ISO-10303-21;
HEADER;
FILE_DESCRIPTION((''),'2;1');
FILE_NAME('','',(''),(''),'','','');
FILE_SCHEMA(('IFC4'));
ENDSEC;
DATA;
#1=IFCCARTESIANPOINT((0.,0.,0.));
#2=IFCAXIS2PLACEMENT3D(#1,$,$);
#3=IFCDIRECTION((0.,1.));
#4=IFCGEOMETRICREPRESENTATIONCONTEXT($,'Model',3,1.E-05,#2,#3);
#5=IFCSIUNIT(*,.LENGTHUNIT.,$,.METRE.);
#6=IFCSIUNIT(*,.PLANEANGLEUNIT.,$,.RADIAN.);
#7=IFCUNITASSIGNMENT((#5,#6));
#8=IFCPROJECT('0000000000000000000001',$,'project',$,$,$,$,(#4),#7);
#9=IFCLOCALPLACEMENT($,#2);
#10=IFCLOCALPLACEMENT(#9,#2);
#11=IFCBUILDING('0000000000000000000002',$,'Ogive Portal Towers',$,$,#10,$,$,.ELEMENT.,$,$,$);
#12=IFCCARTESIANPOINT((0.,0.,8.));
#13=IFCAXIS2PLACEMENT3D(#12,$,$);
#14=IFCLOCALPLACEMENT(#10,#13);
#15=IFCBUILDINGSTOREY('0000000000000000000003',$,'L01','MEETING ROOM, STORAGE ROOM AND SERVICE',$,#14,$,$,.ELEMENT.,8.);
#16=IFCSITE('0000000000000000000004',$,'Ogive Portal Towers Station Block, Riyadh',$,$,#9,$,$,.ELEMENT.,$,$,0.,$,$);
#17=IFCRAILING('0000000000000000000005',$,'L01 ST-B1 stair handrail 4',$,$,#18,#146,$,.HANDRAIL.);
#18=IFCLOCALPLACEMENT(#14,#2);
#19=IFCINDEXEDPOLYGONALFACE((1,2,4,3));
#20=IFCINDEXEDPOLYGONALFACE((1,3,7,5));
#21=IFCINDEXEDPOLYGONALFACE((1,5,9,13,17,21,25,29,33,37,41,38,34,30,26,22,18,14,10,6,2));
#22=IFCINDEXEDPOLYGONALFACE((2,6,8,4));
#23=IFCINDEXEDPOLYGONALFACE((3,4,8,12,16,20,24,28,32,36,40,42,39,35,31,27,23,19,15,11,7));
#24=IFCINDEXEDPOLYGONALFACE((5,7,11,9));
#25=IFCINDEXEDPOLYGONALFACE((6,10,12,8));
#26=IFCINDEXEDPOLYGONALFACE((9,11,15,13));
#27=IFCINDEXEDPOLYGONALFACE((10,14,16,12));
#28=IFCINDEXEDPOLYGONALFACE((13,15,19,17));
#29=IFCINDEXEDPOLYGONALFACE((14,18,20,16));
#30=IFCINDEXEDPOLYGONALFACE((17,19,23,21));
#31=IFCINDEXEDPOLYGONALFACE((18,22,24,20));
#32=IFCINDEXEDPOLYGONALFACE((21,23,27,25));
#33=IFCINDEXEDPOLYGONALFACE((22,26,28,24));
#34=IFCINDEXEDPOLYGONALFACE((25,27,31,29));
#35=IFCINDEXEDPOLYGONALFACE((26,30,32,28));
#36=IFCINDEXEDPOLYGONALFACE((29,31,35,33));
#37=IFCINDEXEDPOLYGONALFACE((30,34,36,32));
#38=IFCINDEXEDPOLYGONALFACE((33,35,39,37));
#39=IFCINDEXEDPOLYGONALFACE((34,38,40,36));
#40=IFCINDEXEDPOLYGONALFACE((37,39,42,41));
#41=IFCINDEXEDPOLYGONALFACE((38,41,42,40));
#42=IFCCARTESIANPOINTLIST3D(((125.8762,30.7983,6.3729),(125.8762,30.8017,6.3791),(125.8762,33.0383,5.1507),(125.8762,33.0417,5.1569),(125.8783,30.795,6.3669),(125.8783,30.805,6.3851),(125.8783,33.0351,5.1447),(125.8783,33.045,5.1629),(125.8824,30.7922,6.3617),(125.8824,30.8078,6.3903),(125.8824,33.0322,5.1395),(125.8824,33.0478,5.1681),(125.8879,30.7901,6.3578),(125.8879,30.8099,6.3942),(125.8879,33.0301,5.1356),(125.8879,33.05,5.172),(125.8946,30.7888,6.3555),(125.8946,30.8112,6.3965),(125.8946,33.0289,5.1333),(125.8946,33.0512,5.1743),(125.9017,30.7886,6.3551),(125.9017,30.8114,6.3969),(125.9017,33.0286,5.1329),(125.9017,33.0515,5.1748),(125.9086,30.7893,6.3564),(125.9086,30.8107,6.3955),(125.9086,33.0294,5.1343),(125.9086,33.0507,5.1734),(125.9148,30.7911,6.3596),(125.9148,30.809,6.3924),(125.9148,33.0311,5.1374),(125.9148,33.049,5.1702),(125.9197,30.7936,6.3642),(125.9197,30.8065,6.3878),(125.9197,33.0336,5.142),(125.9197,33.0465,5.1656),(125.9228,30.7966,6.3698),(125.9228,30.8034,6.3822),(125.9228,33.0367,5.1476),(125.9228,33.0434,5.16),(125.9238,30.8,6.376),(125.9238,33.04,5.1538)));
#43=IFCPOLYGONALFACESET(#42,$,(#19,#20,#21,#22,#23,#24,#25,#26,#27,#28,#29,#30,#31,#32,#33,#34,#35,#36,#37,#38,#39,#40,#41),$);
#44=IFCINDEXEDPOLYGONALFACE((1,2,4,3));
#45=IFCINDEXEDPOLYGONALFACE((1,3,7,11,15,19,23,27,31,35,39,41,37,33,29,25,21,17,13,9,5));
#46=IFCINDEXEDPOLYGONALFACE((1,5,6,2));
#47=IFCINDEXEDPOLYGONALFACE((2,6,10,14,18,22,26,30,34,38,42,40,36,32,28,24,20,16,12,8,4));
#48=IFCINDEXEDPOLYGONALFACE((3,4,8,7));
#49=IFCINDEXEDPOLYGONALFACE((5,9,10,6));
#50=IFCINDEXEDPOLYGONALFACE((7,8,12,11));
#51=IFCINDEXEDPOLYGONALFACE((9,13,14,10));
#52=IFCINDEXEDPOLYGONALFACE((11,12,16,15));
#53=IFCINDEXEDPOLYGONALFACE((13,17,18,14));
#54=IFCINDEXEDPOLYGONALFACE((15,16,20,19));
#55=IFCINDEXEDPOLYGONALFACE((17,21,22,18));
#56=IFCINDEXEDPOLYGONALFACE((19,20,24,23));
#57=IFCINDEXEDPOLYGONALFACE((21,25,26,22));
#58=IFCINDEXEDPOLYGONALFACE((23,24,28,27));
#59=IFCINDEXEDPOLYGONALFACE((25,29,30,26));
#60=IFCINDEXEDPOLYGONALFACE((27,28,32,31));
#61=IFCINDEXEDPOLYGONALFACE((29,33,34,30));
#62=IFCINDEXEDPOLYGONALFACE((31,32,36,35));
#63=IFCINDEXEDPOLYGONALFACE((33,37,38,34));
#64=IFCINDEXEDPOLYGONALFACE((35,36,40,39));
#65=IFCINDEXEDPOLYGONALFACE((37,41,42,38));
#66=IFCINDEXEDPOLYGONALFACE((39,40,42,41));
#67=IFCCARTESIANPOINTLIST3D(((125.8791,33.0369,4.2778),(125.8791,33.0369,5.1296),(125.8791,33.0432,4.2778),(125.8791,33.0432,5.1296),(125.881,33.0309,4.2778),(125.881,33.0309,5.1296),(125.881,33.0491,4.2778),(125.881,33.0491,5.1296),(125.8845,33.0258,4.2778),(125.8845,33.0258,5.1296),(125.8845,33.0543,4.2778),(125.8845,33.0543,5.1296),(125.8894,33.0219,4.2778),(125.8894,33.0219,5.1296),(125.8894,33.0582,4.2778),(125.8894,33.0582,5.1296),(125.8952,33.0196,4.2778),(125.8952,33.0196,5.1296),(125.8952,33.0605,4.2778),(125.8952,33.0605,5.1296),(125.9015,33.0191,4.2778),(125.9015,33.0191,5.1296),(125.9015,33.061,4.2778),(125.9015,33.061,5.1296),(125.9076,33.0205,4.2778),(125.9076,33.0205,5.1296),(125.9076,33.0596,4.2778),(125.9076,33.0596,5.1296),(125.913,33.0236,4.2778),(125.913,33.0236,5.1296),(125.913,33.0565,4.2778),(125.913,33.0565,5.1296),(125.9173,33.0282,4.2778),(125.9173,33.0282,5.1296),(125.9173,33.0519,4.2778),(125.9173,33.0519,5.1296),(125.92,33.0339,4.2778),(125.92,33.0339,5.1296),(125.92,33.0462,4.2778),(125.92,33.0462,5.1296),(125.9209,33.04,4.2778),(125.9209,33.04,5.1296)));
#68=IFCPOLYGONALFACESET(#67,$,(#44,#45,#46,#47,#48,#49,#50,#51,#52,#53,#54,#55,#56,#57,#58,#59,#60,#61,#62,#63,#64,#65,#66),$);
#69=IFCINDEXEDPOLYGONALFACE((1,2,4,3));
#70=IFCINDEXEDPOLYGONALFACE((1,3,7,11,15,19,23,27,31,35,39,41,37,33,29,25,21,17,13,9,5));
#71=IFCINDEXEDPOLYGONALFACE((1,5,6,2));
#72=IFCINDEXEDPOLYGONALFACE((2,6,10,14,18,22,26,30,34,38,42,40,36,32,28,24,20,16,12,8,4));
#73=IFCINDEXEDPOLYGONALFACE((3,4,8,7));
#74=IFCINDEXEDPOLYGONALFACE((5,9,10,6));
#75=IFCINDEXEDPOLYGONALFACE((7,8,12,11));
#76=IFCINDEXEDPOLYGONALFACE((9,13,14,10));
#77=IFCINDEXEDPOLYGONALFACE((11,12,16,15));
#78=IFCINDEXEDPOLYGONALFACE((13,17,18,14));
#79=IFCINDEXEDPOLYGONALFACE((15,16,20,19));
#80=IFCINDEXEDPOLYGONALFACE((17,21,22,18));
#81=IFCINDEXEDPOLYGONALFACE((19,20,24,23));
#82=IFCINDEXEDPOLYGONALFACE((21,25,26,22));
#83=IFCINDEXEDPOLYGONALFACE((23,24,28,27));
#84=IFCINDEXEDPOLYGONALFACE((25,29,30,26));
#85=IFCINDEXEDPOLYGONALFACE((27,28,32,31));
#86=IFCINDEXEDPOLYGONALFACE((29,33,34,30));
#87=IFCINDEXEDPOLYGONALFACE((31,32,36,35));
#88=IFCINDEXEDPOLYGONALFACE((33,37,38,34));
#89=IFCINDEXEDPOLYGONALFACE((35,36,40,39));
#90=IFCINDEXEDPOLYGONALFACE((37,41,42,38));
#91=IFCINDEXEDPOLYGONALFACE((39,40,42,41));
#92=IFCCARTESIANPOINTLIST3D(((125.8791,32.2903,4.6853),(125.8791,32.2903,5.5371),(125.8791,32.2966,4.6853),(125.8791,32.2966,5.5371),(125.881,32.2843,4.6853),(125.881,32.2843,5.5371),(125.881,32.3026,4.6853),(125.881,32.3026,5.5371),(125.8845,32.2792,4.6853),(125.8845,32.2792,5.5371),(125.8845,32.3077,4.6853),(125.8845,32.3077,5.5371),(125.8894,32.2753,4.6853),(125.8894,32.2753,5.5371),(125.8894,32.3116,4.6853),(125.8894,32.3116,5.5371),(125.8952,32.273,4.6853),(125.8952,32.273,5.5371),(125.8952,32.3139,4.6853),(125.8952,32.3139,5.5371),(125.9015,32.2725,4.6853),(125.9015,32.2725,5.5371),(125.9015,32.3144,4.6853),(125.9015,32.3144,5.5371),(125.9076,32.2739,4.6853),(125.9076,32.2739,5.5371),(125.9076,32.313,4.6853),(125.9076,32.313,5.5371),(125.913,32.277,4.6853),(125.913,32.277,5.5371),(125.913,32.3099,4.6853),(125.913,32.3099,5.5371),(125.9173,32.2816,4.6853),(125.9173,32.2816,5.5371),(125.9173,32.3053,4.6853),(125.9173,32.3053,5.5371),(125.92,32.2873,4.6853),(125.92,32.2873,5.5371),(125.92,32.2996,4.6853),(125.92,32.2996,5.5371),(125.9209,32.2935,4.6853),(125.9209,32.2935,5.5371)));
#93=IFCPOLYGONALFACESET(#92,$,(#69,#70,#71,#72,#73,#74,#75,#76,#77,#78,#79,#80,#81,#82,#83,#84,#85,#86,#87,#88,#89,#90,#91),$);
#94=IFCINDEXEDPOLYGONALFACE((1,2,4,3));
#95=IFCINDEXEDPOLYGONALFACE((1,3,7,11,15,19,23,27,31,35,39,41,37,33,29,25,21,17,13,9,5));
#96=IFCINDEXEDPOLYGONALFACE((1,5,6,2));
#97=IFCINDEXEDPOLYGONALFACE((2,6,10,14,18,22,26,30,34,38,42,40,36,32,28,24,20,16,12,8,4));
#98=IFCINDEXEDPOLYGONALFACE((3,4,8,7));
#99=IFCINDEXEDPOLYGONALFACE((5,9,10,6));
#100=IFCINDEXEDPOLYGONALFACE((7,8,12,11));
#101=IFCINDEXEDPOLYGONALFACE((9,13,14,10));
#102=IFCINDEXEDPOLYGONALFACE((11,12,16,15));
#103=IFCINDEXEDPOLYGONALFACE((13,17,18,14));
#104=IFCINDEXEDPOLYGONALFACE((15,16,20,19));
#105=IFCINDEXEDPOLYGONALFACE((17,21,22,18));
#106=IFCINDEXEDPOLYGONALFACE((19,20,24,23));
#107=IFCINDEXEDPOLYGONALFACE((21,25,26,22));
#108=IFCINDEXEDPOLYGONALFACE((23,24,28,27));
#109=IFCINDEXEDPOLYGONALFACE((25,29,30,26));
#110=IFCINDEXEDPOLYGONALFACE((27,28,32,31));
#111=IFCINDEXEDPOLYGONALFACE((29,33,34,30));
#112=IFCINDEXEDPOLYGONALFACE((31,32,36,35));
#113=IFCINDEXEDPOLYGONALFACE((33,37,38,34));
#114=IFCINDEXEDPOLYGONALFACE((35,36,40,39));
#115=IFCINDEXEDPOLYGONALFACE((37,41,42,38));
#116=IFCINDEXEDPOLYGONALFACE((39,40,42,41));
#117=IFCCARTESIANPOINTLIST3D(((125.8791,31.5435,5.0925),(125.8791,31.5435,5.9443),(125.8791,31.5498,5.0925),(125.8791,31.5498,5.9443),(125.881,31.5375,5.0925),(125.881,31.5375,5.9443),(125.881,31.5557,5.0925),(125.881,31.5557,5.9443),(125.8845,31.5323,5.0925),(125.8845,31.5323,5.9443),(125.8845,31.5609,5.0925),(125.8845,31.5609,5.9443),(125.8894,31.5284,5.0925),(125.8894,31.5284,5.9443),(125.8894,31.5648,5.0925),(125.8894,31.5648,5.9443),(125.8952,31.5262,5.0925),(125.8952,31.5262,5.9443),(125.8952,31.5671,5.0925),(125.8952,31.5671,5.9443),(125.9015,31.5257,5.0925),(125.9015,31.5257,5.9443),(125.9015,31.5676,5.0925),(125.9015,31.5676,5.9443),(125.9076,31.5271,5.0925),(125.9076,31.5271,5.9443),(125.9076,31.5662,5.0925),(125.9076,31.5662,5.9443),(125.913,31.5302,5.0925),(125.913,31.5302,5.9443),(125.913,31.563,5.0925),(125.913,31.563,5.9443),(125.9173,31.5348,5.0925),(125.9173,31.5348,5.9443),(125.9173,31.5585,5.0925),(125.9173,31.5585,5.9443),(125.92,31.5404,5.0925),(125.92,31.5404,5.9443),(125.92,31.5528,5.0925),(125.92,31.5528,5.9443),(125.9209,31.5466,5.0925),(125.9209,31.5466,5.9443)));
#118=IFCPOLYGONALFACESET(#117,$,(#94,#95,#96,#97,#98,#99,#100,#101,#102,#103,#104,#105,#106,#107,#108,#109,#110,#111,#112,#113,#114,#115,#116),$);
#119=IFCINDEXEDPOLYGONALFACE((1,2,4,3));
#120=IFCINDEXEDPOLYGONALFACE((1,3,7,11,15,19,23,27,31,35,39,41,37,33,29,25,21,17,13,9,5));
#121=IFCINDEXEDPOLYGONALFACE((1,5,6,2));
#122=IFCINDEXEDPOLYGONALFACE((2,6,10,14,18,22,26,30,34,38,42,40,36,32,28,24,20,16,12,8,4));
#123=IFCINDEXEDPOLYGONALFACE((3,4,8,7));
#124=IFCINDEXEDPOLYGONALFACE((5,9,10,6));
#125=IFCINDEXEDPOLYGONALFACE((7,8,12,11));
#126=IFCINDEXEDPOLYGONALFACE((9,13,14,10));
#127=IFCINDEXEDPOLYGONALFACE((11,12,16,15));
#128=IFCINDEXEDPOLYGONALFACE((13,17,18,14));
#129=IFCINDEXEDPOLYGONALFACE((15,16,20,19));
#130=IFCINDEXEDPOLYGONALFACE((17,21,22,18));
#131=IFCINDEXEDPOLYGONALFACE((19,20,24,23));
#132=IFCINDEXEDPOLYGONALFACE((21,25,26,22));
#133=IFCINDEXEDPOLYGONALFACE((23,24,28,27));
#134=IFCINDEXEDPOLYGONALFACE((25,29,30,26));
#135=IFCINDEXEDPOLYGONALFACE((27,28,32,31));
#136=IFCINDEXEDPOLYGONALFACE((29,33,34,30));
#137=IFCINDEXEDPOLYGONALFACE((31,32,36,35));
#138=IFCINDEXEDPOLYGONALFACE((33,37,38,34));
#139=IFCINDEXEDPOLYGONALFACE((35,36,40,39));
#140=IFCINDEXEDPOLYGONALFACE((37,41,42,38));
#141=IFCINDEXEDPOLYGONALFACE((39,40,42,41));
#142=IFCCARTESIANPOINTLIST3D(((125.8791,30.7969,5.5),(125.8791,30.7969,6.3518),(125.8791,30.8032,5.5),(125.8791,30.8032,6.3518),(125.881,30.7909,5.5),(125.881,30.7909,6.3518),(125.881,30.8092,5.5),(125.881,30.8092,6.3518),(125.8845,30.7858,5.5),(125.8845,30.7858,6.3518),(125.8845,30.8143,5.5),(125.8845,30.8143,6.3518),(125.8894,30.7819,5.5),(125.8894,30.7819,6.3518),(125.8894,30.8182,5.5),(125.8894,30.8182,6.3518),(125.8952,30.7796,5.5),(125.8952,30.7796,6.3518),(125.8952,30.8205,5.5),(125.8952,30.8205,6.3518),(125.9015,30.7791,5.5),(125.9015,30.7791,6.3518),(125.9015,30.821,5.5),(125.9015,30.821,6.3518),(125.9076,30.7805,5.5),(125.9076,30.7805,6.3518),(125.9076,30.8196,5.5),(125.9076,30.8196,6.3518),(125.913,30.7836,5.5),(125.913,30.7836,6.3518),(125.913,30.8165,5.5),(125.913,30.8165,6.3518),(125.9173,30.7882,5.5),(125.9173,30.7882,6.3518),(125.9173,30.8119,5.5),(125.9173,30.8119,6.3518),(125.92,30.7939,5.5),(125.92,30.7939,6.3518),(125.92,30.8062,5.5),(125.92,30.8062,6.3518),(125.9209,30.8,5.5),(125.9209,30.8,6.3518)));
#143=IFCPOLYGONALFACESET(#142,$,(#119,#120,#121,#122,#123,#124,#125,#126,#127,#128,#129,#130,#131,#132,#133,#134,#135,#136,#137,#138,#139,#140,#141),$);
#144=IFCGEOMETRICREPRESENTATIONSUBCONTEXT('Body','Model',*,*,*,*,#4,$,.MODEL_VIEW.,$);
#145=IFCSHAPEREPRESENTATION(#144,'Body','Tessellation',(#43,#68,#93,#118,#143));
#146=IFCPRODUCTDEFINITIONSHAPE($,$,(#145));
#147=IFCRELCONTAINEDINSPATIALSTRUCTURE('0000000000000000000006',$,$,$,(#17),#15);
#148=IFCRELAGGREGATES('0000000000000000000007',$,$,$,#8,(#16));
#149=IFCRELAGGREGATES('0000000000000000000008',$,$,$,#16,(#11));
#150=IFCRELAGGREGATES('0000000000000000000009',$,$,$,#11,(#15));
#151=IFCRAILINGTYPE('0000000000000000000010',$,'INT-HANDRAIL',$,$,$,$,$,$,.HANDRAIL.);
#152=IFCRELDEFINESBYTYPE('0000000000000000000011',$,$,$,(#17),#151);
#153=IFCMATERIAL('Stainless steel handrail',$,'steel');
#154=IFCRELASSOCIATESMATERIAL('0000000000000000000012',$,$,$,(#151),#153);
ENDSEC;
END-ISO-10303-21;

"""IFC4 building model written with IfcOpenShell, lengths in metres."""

from ifc_helpers import new_model, si_unit, direction, frame, origin, origin_2d, place, context, subcontext, project, spatial, circle, extrude, material, type_object, element, save


model = new_model("IFC4")

# Units and contexts
model_context = context("Model", 3, precision=1e-05, world=origin(), true_north=direction((0.0, 1.0)))
body_context = subcontext(model_context, "Body", "Model", "MODEL_VIEW")
ifc_project = project(units=[si_unit("LENGTHUNIT", "METRE"), si_unit("PLANEANGLEUNIT", "RADIAN")], contexts=[model_context])

# Site, building, storey
site_placement = place(None, origin())
site = spatial("IfcSite", under=ifc_project, at=site_placement, Name="Ogive Portal Towers Station Block, Riyadh", CompositionType="ELEMENT", RefElevation=0.0)
building_placement = place(site_placement, origin())
building = spatial("IfcBuilding", under=site, at=building_placement, Name="Ogive Portal Towers", CompositionType="ELEMENT")
storey_placement = place(building_placement, frame((0.0, 0.0, 8.0)))
storey = spatial("IfcBuildingStorey", under=building, at=storey_placement, Name="L01", Description="MEETING ROOM, STORAGE ROOM AND SERVICE", CompositionType="ELEMENT", Elevation=8.0)

# Railing
ifc_material_1 = material(Name="Stainless steel handrail", Category="steel")
railing_type_1 = type_object("IfcRailingType", Name="INT-HANDRAIL", PredefinedType="HANDRAIL", material=ifc_material_1)
railing_1_placement = place(storey_placement, frame((125.8999, 33.04, 4.2778)))
element("IfcRailing", 1, at=railing_1_placement, inside=storey, type_object=railing_type_1, Name="L01 ST-B1 stair handrail 4", PredefinedType="HANDRAIL", context=body_context, shape_type="SweptSolid", body=[
    extrude(circle(Radius=0.0239, at=origin_2d()), frame((0.0, 0.0, 0.876), z_axis=(0.0, -0.877837, 0.478959), x_axis=(1.0, 0.0, 0.0)), (0.0, 0.0, 1.0), 2.5518),
    extrude(circle(Radius=0.021, at=origin_2d()), origin(), (0.0, 0.0, 1.0), 0.8518),
    extrude(circle(Radius=0.021, at=origin_2d()), frame((0.0, -0.7466, 0.4075)), (0.0, 0.0, 1.0), 0.8518),
    extrude(circle(Radius=0.021, at=origin_2d()), frame((0.0, -1.4934, 0.8147)), (0.0, 0.0, 1.0), 0.8518),
    extrude(circle(Radius=0.021, at=origin_2d()), frame((0.0, -2.24, 1.2222)), (0.0, 0.0, 1.0), 0.8518),
])

save(model, "model.ifc")
